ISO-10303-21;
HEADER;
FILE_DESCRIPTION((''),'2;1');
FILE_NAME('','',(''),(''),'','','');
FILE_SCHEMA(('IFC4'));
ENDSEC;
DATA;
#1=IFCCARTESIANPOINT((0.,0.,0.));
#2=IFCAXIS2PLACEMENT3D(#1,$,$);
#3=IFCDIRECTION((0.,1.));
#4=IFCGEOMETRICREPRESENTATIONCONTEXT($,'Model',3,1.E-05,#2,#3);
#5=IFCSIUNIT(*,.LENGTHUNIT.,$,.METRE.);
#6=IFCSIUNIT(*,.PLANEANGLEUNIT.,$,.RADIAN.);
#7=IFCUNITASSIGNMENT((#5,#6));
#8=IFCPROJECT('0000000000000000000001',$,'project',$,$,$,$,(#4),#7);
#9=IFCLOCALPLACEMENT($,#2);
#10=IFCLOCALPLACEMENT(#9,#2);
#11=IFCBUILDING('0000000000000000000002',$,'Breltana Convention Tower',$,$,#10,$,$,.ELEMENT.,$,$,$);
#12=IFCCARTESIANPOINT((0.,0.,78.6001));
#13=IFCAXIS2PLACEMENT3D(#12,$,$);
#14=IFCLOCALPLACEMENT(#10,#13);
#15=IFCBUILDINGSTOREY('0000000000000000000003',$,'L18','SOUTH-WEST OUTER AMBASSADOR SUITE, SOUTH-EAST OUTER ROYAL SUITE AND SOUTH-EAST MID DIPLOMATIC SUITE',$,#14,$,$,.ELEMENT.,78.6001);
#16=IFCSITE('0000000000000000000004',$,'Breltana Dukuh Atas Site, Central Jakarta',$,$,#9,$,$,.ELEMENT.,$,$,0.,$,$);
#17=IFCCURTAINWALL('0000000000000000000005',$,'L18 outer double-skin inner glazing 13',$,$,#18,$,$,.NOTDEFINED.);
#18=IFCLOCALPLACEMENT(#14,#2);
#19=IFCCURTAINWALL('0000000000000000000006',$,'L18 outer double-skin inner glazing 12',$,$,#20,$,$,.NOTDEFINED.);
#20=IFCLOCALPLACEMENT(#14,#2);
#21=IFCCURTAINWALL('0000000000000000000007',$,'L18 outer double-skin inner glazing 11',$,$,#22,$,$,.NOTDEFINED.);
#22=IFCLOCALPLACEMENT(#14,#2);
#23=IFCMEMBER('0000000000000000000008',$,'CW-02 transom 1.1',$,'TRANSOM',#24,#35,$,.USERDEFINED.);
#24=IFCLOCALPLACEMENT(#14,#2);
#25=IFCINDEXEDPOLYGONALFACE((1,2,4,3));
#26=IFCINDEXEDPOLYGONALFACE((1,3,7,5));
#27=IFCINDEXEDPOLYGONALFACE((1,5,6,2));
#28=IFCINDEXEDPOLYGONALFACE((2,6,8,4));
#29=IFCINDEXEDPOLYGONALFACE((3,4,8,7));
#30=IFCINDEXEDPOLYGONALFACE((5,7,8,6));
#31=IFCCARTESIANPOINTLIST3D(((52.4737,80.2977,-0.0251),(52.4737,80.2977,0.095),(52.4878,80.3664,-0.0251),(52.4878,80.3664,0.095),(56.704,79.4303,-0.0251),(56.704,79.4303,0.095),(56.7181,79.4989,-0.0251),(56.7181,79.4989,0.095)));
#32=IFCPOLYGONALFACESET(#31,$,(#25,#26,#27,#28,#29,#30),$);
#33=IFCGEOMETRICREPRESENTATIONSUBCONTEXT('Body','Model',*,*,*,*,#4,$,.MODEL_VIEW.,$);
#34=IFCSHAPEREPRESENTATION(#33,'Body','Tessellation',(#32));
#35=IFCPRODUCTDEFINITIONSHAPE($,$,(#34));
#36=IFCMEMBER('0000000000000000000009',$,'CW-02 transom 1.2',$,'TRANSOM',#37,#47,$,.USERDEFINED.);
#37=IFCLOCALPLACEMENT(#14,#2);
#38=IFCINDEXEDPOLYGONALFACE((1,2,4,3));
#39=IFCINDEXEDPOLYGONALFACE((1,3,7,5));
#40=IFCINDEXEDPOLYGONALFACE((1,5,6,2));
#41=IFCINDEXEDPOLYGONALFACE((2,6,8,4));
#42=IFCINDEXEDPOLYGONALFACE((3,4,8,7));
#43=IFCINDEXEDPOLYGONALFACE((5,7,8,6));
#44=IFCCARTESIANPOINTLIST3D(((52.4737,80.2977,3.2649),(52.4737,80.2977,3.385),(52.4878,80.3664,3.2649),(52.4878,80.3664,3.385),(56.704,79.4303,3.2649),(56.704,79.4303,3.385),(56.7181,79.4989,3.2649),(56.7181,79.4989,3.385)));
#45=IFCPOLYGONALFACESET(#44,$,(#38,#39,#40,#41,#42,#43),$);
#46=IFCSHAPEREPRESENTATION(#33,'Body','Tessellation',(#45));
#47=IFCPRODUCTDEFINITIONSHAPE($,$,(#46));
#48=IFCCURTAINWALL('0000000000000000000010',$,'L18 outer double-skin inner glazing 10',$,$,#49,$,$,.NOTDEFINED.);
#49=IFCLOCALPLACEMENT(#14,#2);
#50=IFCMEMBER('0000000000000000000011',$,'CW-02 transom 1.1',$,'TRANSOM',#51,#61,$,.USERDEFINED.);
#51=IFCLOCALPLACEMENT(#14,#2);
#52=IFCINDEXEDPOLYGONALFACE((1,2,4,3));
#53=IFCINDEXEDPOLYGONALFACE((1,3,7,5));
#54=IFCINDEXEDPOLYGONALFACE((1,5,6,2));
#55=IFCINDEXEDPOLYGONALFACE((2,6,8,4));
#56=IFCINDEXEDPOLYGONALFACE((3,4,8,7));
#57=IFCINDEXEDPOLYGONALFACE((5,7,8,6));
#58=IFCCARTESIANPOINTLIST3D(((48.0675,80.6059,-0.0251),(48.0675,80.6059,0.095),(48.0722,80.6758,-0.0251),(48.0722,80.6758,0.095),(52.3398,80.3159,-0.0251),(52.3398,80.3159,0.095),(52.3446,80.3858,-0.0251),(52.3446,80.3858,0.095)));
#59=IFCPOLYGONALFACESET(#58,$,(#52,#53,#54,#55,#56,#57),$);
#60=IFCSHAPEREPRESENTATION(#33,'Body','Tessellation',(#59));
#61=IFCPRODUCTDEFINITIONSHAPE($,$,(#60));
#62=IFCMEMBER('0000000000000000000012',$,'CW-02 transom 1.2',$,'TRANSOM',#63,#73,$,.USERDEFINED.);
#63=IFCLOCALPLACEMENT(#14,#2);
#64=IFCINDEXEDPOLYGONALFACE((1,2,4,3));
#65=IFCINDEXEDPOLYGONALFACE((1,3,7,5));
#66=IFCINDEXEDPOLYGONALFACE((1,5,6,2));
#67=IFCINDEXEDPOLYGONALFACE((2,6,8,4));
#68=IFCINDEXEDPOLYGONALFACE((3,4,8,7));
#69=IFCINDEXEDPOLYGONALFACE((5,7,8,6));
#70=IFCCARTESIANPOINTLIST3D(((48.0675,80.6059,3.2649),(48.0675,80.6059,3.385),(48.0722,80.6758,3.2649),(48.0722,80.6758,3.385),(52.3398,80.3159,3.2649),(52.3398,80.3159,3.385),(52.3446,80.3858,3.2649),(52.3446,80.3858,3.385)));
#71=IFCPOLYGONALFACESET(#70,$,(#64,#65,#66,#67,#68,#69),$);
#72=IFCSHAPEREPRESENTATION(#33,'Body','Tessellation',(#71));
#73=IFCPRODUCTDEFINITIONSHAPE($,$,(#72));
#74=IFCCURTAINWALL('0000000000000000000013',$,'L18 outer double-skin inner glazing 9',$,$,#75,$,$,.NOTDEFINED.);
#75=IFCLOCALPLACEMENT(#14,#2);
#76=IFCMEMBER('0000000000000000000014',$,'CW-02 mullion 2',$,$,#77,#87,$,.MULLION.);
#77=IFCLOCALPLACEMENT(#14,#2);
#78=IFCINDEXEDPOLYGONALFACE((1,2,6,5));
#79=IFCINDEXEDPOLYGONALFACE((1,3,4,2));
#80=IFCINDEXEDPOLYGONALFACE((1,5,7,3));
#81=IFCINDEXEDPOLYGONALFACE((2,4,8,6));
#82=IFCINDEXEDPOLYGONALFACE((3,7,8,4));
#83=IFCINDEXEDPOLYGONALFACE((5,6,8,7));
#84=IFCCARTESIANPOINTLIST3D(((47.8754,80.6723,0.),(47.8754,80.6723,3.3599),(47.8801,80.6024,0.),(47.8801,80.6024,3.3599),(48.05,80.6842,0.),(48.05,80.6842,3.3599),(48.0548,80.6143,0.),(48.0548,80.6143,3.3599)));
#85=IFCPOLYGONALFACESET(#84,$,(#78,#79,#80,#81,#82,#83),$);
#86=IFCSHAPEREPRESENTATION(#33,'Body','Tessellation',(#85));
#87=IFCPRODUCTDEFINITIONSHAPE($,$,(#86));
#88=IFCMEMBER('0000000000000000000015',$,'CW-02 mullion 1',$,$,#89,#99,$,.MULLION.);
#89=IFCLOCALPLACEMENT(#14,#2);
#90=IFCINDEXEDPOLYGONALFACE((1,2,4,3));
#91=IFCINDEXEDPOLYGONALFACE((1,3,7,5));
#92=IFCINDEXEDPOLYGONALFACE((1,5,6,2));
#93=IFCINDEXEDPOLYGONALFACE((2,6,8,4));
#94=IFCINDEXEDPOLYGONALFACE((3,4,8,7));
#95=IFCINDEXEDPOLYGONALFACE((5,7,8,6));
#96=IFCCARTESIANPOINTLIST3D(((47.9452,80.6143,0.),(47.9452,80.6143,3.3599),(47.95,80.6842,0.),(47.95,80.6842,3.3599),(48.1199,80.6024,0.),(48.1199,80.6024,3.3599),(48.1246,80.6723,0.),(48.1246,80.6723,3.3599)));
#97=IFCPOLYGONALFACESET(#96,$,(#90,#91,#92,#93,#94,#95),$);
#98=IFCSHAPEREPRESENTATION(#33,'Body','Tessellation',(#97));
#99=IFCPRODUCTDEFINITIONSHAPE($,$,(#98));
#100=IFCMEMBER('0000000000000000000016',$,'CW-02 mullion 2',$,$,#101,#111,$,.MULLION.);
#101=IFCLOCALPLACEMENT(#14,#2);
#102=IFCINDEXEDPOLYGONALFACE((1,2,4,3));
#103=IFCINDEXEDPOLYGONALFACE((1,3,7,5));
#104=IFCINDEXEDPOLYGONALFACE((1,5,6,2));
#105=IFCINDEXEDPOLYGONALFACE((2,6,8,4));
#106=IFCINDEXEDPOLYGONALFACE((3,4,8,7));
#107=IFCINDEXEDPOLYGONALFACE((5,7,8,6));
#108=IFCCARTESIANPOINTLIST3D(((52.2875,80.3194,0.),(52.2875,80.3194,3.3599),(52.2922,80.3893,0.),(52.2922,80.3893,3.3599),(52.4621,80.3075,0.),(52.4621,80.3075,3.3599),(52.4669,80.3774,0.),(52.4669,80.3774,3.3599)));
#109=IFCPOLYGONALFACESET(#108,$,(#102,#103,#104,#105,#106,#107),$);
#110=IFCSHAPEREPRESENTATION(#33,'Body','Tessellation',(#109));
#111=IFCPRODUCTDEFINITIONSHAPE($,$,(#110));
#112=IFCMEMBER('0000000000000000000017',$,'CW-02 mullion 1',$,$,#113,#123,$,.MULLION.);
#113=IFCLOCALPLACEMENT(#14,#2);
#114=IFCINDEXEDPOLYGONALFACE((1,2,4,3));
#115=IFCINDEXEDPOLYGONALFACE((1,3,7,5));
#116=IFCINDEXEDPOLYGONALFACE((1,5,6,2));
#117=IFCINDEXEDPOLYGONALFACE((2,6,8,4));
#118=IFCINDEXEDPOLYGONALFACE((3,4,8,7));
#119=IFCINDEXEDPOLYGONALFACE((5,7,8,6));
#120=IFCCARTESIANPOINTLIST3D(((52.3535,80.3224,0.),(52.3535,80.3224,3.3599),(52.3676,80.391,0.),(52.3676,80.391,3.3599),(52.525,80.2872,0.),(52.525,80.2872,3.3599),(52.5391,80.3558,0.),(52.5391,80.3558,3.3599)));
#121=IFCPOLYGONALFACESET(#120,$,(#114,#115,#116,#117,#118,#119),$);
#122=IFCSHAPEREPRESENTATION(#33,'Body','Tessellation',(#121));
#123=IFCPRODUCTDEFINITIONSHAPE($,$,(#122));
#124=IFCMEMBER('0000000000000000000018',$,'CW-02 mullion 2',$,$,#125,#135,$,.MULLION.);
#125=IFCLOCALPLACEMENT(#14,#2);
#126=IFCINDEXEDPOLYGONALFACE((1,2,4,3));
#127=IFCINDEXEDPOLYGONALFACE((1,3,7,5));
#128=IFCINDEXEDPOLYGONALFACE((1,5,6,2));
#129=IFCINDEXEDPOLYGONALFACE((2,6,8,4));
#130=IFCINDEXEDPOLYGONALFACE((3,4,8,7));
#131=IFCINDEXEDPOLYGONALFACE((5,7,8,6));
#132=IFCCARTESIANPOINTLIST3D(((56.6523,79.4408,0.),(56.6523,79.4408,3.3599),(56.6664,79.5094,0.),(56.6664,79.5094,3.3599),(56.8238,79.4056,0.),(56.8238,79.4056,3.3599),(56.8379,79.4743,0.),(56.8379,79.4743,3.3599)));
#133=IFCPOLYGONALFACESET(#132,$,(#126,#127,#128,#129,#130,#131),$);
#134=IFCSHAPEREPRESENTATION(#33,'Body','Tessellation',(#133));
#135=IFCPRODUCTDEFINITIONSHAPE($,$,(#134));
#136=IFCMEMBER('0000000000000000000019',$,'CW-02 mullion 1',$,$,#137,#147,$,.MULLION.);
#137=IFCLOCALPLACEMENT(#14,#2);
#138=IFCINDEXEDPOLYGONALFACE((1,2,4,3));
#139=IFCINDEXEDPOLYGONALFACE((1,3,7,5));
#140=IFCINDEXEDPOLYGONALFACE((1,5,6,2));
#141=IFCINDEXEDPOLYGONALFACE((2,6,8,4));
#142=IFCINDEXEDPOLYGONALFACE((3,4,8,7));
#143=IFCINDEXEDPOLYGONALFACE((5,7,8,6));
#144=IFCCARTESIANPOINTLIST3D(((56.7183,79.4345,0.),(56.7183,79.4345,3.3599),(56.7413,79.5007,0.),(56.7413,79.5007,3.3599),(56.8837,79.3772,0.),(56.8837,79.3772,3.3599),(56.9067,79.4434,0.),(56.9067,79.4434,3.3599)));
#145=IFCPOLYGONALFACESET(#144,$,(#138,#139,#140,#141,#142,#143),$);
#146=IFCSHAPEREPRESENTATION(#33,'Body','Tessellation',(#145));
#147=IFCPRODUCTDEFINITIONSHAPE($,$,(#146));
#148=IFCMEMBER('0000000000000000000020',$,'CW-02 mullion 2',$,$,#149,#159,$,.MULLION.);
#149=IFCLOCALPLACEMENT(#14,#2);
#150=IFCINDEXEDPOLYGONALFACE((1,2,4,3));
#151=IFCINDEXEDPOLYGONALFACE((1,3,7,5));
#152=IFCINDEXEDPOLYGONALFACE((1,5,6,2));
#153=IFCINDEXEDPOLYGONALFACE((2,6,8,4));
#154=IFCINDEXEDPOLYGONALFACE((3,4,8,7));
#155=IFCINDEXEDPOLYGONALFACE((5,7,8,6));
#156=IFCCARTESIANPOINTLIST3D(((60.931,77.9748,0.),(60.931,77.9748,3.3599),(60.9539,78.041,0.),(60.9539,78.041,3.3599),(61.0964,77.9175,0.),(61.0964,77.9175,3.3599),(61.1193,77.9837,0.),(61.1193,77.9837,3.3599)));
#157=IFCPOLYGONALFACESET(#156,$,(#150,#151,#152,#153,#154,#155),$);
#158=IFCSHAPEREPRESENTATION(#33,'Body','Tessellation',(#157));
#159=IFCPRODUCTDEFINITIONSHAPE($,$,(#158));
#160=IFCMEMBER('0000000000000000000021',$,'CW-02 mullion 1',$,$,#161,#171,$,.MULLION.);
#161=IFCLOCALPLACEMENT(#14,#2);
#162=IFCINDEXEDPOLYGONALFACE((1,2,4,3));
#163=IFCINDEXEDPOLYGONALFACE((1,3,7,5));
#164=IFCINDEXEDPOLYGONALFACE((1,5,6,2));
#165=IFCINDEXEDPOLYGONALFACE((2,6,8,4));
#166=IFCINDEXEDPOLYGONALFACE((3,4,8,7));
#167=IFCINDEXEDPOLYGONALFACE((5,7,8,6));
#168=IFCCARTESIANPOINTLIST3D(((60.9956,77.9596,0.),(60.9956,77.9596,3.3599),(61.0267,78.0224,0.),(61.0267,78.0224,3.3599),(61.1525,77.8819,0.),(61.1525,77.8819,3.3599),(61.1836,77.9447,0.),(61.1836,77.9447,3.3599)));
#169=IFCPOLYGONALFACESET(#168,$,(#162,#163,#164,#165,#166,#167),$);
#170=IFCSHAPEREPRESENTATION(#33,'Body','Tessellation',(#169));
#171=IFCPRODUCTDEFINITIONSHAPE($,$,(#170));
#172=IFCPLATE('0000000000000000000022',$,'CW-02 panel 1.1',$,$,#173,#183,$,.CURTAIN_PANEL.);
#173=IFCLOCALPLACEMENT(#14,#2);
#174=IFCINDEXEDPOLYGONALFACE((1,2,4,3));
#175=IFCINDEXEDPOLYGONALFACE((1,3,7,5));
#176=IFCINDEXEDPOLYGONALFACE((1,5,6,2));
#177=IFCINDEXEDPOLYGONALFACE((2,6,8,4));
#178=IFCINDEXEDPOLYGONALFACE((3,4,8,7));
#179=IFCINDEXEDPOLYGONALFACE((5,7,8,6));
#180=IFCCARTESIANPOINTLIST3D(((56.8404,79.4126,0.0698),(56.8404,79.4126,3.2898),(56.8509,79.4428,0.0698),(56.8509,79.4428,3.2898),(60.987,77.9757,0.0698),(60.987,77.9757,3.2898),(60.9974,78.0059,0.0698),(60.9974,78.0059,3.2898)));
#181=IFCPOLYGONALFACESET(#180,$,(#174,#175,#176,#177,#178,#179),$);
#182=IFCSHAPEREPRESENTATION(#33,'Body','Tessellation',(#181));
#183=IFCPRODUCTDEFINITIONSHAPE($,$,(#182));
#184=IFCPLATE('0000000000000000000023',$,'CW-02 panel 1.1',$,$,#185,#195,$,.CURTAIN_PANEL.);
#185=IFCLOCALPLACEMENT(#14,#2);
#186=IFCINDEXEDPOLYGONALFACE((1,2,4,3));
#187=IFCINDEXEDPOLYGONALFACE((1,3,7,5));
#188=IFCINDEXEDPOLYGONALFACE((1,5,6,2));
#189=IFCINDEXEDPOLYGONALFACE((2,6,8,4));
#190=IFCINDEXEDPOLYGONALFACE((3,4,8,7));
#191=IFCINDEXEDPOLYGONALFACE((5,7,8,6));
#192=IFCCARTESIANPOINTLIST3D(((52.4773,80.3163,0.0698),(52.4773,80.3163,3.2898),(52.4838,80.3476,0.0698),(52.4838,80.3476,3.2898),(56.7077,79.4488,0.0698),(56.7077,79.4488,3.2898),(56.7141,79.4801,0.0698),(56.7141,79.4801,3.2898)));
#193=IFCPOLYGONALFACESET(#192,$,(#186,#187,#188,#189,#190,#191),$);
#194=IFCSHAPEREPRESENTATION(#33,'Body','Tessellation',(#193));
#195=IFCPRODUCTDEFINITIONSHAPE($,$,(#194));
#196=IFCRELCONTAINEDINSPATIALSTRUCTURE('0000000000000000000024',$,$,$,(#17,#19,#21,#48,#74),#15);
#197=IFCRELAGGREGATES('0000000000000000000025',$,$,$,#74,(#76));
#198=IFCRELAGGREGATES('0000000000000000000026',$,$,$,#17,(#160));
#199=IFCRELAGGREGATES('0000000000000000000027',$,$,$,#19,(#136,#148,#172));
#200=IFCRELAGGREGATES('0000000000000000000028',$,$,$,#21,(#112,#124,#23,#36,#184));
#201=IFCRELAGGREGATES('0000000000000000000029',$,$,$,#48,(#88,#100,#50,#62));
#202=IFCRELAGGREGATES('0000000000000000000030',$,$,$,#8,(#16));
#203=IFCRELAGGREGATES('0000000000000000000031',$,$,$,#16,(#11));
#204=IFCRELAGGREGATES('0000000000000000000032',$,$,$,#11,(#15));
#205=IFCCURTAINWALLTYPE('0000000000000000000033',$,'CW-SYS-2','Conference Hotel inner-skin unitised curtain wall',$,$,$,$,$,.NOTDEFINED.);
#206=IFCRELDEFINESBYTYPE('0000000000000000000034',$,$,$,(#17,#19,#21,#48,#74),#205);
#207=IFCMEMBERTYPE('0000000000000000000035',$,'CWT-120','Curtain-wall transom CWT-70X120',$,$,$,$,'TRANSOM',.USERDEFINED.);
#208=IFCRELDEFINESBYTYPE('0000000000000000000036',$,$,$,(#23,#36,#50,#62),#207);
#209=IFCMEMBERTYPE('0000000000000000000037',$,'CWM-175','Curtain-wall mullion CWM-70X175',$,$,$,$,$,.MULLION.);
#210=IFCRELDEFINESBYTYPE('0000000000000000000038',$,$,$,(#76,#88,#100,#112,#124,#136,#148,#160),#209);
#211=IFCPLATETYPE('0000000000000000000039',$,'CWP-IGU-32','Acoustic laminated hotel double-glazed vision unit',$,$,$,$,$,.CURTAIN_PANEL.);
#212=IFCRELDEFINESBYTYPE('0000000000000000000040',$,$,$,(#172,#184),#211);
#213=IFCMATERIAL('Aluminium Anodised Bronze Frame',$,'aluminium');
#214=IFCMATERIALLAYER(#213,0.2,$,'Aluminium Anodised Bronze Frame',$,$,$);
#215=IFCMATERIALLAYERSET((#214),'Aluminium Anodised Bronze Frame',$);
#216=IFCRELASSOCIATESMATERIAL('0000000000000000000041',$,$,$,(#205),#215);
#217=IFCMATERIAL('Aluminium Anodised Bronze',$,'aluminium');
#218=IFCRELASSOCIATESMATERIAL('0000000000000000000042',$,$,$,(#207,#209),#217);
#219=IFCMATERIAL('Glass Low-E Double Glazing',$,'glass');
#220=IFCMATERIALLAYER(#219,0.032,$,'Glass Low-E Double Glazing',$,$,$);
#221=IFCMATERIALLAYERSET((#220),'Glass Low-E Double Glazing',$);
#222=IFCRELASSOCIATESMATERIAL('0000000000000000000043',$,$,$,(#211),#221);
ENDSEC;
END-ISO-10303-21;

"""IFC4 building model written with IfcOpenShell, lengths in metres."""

from ifc_helpers import new_model, si_unit, direction, frame, origin, origin_2d, place, context, subcontext, project, spatial, rectangle, extrude, source, transform, mapped, material, layer, layer_set, material_profile, profile_set, type_object, element, aggregate, save


model = new_model("IFC4")

# Units and contexts
model_context = context("Model", 3, precision=1e-05, world=origin(), true_north=direction((0.0, 1.0)))
body_context = subcontext(model_context, "Body", "Model", "MODEL_VIEW")
ifc_project = project(units=[si_unit("LENGTHUNIT", "METRE"), si_unit("PLANEANGLEUNIT", "RADIAN")], contexts=[model_context])

# Site, building, storey
site_placement = place(None, origin())
site = spatial("IfcSite", under=ifc_project, at=site_placement, Name="Breltana Dukuh Atas Site, Central Jakarta", CompositionType="ELEMENT", RefElevation=0.0)
building_placement = place(site_placement, origin())
building = spatial("IfcBuilding", under=site, at=building_placement, Name="Breltana Convention Tower", CompositionType="ELEMENT")
storey_placement = place(building_placement, frame((0.0, 0.0, 78.6001)))
storey = spatial("IfcBuildingStorey", under=building, at=storey_placement, Name="L18", Description="SOUTH-WEST OUTER AMBASSADOR SUITE, SOUTH-EAST OUTER ROYAL SUITE AND SOUTH-EAST MID DIPLOMATIC SUITE", CompositionType="ELEMENT", Elevation=78.6001)

# Curtain walls, members
ifc_material_1 = material(Name="Aluminium Anodised Bronze Frame", Category="aluminium")
ifc_layer_1 = layer(ifc_material_1, 0.2, Name="Aluminium Anodised Bronze Frame")
ifc_layer_set_1 = layer_set([ifc_layer_1], Name="Aluminium Anodised Bronze Frame")
curtain_wall_type = type_object("IfcCurtainWallType", Name="CW-SYS-2", Description="Conference Hotel inner-skin unitised curtain wall", PredefinedType="NOTDEFINED", material=ifc_layer_set_1)
curtain_wall_1_placement = place(storey_placement, origin())
curtain_wall_1 = element("IfcCurtainWall", 1, at=curtain_wall_1_placement, inside=storey, type_object=curtain_wall_type, Name="L18 outer double-skin inner glazing 13", PredefinedType="NOTDEFINED")
ifc_material_2 = material(Name="Aluminium Anodised Bronze", Category="aluminium")
ifc_material_profile_1 = material_profile(ifc_material_2, rectangle(XDim=0.0701, YDim=0.1201, at=origin_2d()), Name="CWT-70X120")
ifc_profile_set_1 = profile_set([ifc_material_profile_1], Name="Aluminium Anodised Bronze")
member_type_1 = type_object("IfcMemberType", Name="CWT-120", Description="Curtain-wall transom CWT-70X120", ElementType="TRANSOM", PredefinedType="USERDEFINED", material=ifc_profile_set_1)
curtain_wall_2_placement = place(storey_placement, origin())
curtain_wall_2 = element("IfcCurtainWall", 2, at=curtain_wall_2_placement, inside=storey, type_object=curtain_wall_type, Name="L18 outer double-skin inner glazing 12", PredefinedType="NOTDEFINED")
curtain_wall_3_placement = place(storey_placement, origin())
curtain_wall_3 = element("IfcCurtainWall", 3, at=curtain_wall_3_placement, inside=storey, type_object=curtain_wall_type, Name="L18 outer double-skin inner glazing 11", PredefinedType="NOTDEFINED")
shared_shape_1 = source(origin(), body_context, "Body", "SweptSolid", [
    extrude(rectangle(XDim=0.0701, YDim=0.1201, at=origin_2d()), origin(), (0.0, 0.0, 1.0), 4.3184),
])
member_1_placement = place(storey_placement, frame((52.4807, 80.332, 0.0349), z_axis=(0.979617, -0.200876, 0.0), x_axis=(0.200876, 0.979617, 0.0)))
member_1 = element("IfcMember", 4, at=member_1_placement, type_object=member_type_1, Name="CW-02 transom 1.1", ObjectType="TRANSOM", PredefinedType="USERDEFINED", context=body_context, shape_type="MappedRepresentation", body=[
    mapped(shared_shape_1, transform((0.0, 0.0, 0.0), scale=1.0)),
])
member_2_placement = place(storey_placement, frame((52.4807, 80.332, 3.325), z_axis=(0.979617, -0.200876, 0.0), x_axis=(0.200876, 0.979617, 0.0)))
member_2 = element("IfcMember", 5, at=member_2_placement, type_object=member_type_1, Name="CW-02 transom 1.2", ObjectType="TRANSOM", PredefinedType="USERDEFINED", context=body_context, shape_type="MappedRepresentation", body=[
    mapped(shared_shape_1, transform((0.0, 0.0, 0.0), scale=1.0)),
])
curtain_wall_4_placement = place(storey_placement, origin())
curtain_wall_4 = element("IfcCurtainWall", 6, at=curtain_wall_4_placement, inside=storey, type_object=curtain_wall_type, Name="L18 outer double-skin inner glazing 10", PredefinedType="NOTDEFINED")
shared_shape_2 = source(origin(), body_context, "Body", "SweptSolid", [
    extrude(rectangle(XDim=0.0701, YDim=0.1201, at=origin_2d()), origin(), (0.0, 0.0, 1.0), 4.2822),
])
member_3_placement = place(storey_placement, frame((48.0698, 80.6409, 0.0349), z_axis=(0.997704, -0.06773, 0.0), x_axis=(0.06773, 0.997704, 0.0)))
member_3 = element("IfcMember", 7, at=member_3_placement, type_object=member_type_1, Name="CW-02 transom 1.1", ObjectType="TRANSOM", PredefinedType="USERDEFINED", context=body_context, shape_type="MappedRepresentation", body=[
    mapped(shared_shape_2, transform((0.0, 0.0, 0.0), scale=1.0)),
])
member_4_placement = place(storey_placement, frame((48.0698, 80.6409, 3.325), z_axis=(0.997704, -0.06773, 0.0), x_axis=(0.06773, 0.997704, 0.0)))
member_4 = element("IfcMember", 8, at=member_4_placement, type_object=member_type_1, Name="CW-02 transom 1.2", ObjectType="TRANSOM", PredefinedType="USERDEFINED", context=body_context, shape_type="MappedRepresentation", body=[
    mapped(shared_shape_2, transform((0.0, 0.0, 0.0), scale=1.0)),
])

# Curtain wall, member
curtain_wall_5_placement = place(storey_placement, origin())
curtain_wall_5 = element("IfcCurtainWall", 9, at=curtain_wall_5_placement, inside=storey, type_object=curtain_wall_type, Name="L18 outer double-skin inner glazing 9", PredefinedType="NOTDEFINED")
ifc_material_profile_2 = material_profile(ifc_material_2, rectangle(XDim=0.0701, YDim=0.175, at=origin_2d()), Name="CWM-70X175")
ifc_profile_set_2 = profile_set([ifc_material_profile_2], Name="Aluminium Anodised Bronze")
member_type_2 = type_object("IfcMemberType", Name="CWM-175", Description="Curtain-wall mullion CWM-70X175", PredefinedType="MULLION", material=ifc_profile_set_2)
shared_shape_3 = source(origin(), body_context, "Body", "SweptSolid", [
    extrude(rectangle(XDim=0.0701, YDim=0.175, at=origin_2d()), origin(), (0.0, 0.0, 1.0), 3.3599),
])
member_5_placement = place(storey_placement, frame((47.9651, 80.6433, 0.0), z_axis=(0.0, 0.0, 1.0), x_axis=(-0.067726, 0.997704, 0.0)))
member_5 = element("IfcMember", 10, at=member_5_placement, type_object=member_type_2, Name="CW-02 mullion 2", PredefinedType="MULLION", context=body_context, shape_type="MappedRepresentation", body=[
    mapped(shared_shape_3, transform((0.0, 0.0, 0.0), scale=1.0)),
])
aggregate(curtain_wall_5, [member_5])

# Members
member_6_placement = place(storey_placement, frame((48.0349, 80.6433, 0.0), z_axis=(0.0, 0.0, 1.0), x_axis=(0.067726, 0.997704, 0.0)))
member_6 = element("IfcMember", 11, at=member_6_placement, type_object=member_type_2, Name="CW-02 mullion 1", PredefinedType="MULLION", context=body_context, shape_type="MappedRepresentation", body=[
    mapped(shared_shape_3, transform((0.0, 0.0, 0.0), scale=1.0)),
])
member_7_placement = place(storey_placement, frame((52.3772, 80.3484, 0.0), z_axis=(0.0, 0.0, 1.0), x_axis=(0.067726, 0.997704, 0.0)))
member_7 = element("IfcMember", 12, at=member_7_placement, type_object=member_type_2, Name="CW-02 mullion 2", PredefinedType="MULLION", context=body_context, shape_type="MappedRepresentation", body=[
    mapped(shared_shape_3, transform((0.0, 0.0, 0.0), scale=1.0)),
])
member_8_placement = place(storey_placement, frame((52.4463, 80.3391, 0.0), z_axis=(0.0, 0.0, 1.0), x_axis=(0.200885, 0.979615, 0.0)))
member_8 = element("IfcMember", 13, at=member_8_placement, type_object=member_type_2, Name="CW-02 mullion 1", PredefinedType="MULLION", context=body_context, shape_type="MappedRepresentation", body=[
    mapped(shared_shape_3, transform((0.0, 0.0, 0.0), scale=1.0)),
])
member_9_placement = place(storey_placement, frame((56.7451, 79.4575, 0.0), z_axis=(0.0, 0.0, 1.0), x_axis=(0.200885, 0.979615, 0.0)))
member_9 = element("IfcMember", 14, at=member_9_placement, type_object=member_type_2, Name="CW-02 mullion 2", PredefinedType="MULLION", context=body_context, shape_type="MappedRepresentation", body=[
    mapped(shared_shape_3, transform((0.0, 0.0, 0.0), scale=1.0)),
])
member_10_placement = place(storey_placement, frame((56.8125, 79.439, 0.0), z_axis=(0.0, 0.0, 1.0), x_axis=(0.327428, 0.944876, 0.0)))
member_10 = element("IfcMember", 15, at=member_10_placement, type_object=member_type_2, Name="CW-02 mullion 1", PredefinedType="MULLION", context=body_context, shape_type="MappedRepresentation", body=[
    mapped(shared_shape_3, transform((0.0, 0.0, 0.0), scale=1.0)),
])
member_11_placement = place(storey_placement, frame((61.0251, 77.9792, 0.0), z_axis=(0.0, 0.0, 1.0), x_axis=(0.327428, 0.944876, 0.0)))
member_11 = element("IfcMember", 16, at=member_11_placement, type_object=member_type_2, Name="CW-02 mullion 2", PredefinedType="MULLION", context=body_context, shape_type="MappedRepresentation", body=[
    mapped(shared_shape_3, transform((0.0, 0.0, 0.0), scale=1.0)),
])
member_12_placement = place(storey_placement, frame((61.0896, 77.9521, 0.0), z_axis=(0.0, 0.0, 1.0), x_axis=(0.444108, 0.895973, 0.0)))
member_12 = element("IfcMember", 17, at=member_12_placement, type_object=member_type_2, Name="CW-02 mullion 1", PredefinedType="MULLION", context=body_context, shape_type="MappedRepresentation", body=[
    mapped(shared_shape_3, transform((0.0, 0.0, 0.0), scale=1.0)),
])
aggregate(curtain_wall_1, [member_12])

# Plates
ifc_material_3 = material(Name="Glass Low-E Double Glazing", Category="glass")
ifc_layer_2 = layer(ifc_material_3, 0.032, Name="Glass Low-E Double Glazing")
ifc_layer_set_2 = layer_set([ifc_layer_2], Name="Glass Low-E Double Glazing")
plate_type = type_object("IfcPlateType", Name="CWP-IGU-32", Description="Acoustic laminated hotel double-glazed vision unit", PredefinedType="CURTAIN_PANEL", material=ifc_layer_set_2)
shared_shape_4 = source(origin(), body_context, "Body", "SweptSolid", [
    extrude(rectangle(XDim=4.3884, YDim=0.032, at=origin_2d()), origin(), (0.0, 0.0, 1.0), 3.22),
])
plate_1_placement = place(storey_placement, frame((58.9189, 78.7092, 0.0698), z_axis=(0.0, 0.0, 1.0), x_axis=(0.944876, -0.327428, 0.0)))
plate_1 = element("IfcPlate", 18, at=plate_1_placement, type_object=plate_type, Name="CW-02 panel 1.1", PredefinedType="CURTAIN_PANEL", context=body_context, shape_type="MappedRepresentation", body=[
    mapped(shared_shape_4, transform((0.0, 0.0, 0.0), scale=1.0)),
])
aggregate(curtain_wall_2, [member_10, member_11, plate_1])
shared_shape_5 = source(origin(), body_context, "Body", "SweptSolid", [
    extrude(rectangle(XDim=4.3184, YDim=0.032, at=origin_2d()), origin(), (0.0, 0.0, 1.0), 3.22),
])
plate_2_placement = place(storey_placement, frame((54.5957, 79.8982, 0.0698), z_axis=(0.0, 0.0, 1.0), x_axis=(0.979615, -0.200885, 0.0)))
plate_2 = element("IfcPlate", 19, at=plate_2_placement, type_object=plate_type, Name="CW-02 panel 1.1", PredefinedType="CURTAIN_PANEL", context=body_context, shape_type="MappedRepresentation", body=[
    mapped(shared_shape_5, transform((0.0, 0.0, 0.0), scale=1.0)),
])
aggregate(curtain_wall_3, [member_8, member_9, member_1, member_2, plate_2])
aggregate(curtain_wall_4, [member_6, member_7, member_3, member_4])

save(model, "model.ifc")
